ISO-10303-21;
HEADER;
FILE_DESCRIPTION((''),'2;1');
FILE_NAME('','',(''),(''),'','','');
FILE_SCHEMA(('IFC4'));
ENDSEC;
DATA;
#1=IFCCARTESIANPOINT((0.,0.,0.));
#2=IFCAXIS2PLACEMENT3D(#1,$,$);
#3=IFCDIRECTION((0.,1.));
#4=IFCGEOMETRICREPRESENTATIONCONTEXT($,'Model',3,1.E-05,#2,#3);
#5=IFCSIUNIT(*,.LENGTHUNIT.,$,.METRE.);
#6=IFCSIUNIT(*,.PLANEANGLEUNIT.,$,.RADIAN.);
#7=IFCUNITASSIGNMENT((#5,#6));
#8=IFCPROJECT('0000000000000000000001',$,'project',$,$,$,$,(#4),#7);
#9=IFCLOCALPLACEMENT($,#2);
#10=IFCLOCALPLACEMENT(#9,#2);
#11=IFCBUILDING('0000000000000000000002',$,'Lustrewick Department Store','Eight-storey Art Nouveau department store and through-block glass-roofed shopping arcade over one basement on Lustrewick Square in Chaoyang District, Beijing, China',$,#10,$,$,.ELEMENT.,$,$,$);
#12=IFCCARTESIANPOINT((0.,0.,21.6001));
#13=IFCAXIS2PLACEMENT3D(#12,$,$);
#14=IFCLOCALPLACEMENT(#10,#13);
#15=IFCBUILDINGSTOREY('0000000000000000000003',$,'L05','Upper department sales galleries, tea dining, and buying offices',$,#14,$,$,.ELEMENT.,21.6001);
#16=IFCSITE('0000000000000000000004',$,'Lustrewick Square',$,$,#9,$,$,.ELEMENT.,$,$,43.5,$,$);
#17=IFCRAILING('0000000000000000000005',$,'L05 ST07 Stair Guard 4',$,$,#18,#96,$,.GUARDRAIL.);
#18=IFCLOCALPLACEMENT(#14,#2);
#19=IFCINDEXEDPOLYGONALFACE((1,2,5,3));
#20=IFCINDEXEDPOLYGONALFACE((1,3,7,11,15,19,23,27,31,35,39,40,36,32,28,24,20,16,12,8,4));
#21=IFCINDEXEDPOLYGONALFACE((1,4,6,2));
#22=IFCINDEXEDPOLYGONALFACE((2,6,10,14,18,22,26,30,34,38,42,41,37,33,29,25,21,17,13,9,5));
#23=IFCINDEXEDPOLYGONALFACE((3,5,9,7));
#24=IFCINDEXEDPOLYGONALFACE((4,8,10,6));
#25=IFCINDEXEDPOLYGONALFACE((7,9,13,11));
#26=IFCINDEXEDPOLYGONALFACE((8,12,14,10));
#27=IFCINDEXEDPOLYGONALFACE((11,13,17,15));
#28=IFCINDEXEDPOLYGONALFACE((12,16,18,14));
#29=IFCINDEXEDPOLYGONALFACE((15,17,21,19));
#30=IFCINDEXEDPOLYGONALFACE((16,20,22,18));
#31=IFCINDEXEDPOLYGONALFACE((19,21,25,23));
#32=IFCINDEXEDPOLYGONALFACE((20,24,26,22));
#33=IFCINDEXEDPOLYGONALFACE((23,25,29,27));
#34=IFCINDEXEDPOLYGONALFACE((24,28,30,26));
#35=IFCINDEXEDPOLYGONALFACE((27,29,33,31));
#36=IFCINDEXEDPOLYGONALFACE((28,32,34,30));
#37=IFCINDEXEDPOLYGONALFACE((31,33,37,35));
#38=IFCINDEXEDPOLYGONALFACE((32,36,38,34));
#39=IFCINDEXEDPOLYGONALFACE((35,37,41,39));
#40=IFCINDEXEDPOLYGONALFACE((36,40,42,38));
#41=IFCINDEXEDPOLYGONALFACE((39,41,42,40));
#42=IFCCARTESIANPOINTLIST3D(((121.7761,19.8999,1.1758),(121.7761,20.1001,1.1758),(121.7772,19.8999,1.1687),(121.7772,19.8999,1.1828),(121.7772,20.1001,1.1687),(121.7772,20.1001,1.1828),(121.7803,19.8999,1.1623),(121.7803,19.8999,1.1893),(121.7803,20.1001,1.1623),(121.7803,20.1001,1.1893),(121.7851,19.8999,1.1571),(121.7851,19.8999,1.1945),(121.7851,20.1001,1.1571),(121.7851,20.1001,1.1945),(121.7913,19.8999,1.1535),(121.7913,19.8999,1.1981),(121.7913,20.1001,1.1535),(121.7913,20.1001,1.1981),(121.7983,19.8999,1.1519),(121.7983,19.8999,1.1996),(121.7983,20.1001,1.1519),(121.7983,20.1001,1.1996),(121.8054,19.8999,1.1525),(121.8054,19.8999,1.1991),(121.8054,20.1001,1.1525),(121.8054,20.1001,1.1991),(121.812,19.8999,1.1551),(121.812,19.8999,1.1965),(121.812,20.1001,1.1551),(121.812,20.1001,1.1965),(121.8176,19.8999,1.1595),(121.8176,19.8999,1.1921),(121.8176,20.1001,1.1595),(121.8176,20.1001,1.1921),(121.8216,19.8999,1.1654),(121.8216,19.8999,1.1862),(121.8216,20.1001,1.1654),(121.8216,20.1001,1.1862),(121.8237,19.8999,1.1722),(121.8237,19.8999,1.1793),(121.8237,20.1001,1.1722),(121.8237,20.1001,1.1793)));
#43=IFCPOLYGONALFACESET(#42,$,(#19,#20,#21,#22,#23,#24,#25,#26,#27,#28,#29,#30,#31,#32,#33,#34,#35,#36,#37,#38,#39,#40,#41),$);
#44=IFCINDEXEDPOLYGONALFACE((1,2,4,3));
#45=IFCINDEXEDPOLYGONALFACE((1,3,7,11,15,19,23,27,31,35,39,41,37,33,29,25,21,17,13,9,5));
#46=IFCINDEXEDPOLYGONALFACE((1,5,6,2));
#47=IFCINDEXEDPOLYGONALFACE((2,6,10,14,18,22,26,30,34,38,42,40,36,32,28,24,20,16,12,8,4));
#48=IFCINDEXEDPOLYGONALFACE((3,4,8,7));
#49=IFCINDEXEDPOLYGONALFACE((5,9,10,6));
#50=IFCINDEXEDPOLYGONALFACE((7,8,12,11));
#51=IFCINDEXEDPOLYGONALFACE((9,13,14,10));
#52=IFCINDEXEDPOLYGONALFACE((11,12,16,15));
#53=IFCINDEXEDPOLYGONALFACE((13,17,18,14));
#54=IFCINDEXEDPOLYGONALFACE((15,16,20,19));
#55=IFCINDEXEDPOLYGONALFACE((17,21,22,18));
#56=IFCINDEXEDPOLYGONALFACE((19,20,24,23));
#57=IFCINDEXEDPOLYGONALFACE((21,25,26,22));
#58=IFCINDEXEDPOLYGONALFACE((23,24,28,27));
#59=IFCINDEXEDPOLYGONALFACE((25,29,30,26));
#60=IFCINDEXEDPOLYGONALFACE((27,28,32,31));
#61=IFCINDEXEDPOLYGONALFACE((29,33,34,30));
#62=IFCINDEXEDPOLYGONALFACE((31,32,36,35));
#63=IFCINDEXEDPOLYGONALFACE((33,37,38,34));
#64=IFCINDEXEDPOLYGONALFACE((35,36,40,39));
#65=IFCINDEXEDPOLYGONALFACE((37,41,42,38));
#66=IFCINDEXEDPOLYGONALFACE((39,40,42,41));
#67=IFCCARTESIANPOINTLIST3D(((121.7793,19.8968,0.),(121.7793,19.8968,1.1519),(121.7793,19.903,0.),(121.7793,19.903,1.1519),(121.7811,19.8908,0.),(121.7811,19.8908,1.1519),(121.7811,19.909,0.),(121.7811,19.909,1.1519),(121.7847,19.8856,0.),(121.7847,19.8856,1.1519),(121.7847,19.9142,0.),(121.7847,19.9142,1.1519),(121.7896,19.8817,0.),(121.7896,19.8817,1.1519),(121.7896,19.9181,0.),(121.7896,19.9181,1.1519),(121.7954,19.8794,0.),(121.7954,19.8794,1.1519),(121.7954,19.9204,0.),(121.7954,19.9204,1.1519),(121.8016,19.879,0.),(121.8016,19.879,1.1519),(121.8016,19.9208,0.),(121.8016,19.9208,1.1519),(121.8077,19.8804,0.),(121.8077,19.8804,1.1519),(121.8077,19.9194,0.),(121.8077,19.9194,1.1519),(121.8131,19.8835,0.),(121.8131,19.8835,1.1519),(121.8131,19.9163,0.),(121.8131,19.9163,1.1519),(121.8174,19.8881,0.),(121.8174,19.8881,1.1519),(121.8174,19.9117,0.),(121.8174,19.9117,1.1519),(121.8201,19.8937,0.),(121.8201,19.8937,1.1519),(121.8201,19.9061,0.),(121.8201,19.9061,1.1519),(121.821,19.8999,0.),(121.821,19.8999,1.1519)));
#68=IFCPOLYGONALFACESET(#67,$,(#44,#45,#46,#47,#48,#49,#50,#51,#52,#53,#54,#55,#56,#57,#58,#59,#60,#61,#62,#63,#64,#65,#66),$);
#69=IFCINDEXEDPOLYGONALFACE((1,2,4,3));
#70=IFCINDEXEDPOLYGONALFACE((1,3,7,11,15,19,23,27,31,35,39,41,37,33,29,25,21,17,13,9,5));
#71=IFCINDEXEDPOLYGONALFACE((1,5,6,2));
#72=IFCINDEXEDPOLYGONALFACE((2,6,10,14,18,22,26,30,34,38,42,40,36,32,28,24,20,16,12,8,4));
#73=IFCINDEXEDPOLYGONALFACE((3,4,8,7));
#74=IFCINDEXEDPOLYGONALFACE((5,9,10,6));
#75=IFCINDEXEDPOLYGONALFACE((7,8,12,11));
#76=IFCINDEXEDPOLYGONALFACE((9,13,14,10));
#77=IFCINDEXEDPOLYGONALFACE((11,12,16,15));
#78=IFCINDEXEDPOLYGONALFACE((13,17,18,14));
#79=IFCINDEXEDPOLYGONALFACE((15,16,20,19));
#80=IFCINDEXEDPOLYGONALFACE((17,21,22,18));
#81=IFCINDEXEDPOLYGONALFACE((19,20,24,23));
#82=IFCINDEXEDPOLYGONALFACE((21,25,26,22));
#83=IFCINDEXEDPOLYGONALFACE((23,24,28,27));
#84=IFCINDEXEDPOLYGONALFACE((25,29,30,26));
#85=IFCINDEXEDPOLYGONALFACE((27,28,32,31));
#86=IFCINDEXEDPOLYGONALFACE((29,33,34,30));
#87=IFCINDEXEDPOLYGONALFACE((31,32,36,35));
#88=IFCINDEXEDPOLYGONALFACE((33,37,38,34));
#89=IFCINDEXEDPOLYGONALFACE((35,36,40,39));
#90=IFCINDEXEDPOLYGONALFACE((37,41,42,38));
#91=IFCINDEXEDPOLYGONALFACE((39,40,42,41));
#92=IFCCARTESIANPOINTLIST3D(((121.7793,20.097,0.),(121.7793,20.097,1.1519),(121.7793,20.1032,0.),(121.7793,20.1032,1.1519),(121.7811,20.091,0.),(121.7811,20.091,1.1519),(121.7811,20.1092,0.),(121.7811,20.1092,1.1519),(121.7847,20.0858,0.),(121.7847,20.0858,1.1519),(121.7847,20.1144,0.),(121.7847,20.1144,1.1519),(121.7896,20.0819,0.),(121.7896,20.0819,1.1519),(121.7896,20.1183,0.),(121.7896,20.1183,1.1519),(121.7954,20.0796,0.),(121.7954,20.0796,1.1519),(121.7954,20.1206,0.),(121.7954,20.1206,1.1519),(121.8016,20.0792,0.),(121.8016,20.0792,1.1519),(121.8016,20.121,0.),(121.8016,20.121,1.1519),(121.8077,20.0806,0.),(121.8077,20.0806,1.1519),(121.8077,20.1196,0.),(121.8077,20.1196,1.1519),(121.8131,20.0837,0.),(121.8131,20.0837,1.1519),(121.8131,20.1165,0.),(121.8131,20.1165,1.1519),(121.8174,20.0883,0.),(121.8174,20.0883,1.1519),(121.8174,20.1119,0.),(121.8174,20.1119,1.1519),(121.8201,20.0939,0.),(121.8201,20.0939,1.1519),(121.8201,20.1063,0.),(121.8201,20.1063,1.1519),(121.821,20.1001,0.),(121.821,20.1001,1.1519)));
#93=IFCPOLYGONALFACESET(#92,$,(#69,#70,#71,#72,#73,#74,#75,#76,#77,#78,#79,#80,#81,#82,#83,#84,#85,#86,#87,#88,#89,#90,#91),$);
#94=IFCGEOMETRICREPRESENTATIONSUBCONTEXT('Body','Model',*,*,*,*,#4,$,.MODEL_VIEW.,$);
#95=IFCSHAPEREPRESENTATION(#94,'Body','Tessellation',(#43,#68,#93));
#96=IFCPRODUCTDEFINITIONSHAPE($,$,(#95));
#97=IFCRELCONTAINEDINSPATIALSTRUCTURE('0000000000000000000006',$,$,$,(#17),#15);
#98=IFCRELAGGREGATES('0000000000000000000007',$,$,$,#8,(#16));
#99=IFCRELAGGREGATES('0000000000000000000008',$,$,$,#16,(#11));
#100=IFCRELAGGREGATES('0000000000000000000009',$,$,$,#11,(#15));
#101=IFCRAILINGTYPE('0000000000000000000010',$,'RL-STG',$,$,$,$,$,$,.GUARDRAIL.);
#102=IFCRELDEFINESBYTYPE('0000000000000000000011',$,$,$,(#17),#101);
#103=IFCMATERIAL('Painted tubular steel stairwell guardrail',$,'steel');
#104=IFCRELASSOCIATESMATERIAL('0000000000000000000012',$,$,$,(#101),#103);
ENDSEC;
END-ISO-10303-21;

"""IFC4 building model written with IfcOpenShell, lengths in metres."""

from ifc_helpers import new_model, si_unit, direction, frame, origin, origin_2d, place, context, subcontext, project, spatial, circle, extrude, material, type_object, element, save


model = new_model("IFC4")

# Units and contexts
model_context = context("Model", 3, precision=1e-05, world=origin(), true_north=direction((0.0, 1.0)))
body_context = subcontext(model_context, "Body", "Model", "MODEL_VIEW")
ifc_project = project(units=[si_unit("LENGTHUNIT", "METRE"), si_unit("PLANEANGLEUNIT", "RADIAN")], contexts=[model_context])

# Site, building, storey
site_placement = place(None, origin())
site = spatial("IfcSite", under=ifc_project, at=site_placement, Name="Lustrewick Square", CompositionType="ELEMENT", RefElevation=43.5)
building_placement = place(site_placement, origin())
building = spatial("IfcBuilding", under=site, at=building_placement, Name="Lustrewick Department Store", Description="Eight-storey Art Nouveau department store and through-block glass-roofed shopping arcade over one basement on Lustrewick Square in Chaoyang District, Beijing, China", CompositionType="ELEMENT")
storey_placement = place(building_placement, frame((0.0, 0.0, 21.6001)))
storey = spatial("IfcBuildingStorey", under=building, at=storey_placement, Name="L05", Description="Upper department sales galleries, tea dining, and buying offices", CompositionType="ELEMENT", Elevation=21.6001)

# Railing
ifc_material_1 = material(Name="Painted tubular steel stairwell guardrail", Category="steel")
railing_type_1 = type_object("IfcRailingType", Name="RL-STG", PredefinedType="GUARDRAIL", material=ifc_material_1)
railing_1_placement = place(storey_placement, frame((121.8, 19.8999, 0.0)))
element("IfcRailing", 1, at=railing_1_placement, inside=storey, type_object=railing_type_1, Name="L05 ST07 Stair Guard 4", PredefinedType="GUARDRAIL", context=body_context, shape_type="SweptSolid", body=[
    extrude(circle(Radius=0.0239, at=origin_2d()), frame((0.0, 0.0, 1.1758), z_axis=(0.0, 1.0, 0.0), x_axis=(-1.0, 0.0, 0.0)), (0.0, 0.0, 1.0), 0.2002),
    extrude(circle(Radius=0.021, at=origin_2d()), origin(), (0.0, 0.0, 1.0), 1.1519),
    extrude(circle(Radius=0.021, at=origin_2d()), frame((0.0, 0.2002, 0.0)), (0.0, 0.0, 1.0), 1.1519),
])

save(model, "model.ifc")
